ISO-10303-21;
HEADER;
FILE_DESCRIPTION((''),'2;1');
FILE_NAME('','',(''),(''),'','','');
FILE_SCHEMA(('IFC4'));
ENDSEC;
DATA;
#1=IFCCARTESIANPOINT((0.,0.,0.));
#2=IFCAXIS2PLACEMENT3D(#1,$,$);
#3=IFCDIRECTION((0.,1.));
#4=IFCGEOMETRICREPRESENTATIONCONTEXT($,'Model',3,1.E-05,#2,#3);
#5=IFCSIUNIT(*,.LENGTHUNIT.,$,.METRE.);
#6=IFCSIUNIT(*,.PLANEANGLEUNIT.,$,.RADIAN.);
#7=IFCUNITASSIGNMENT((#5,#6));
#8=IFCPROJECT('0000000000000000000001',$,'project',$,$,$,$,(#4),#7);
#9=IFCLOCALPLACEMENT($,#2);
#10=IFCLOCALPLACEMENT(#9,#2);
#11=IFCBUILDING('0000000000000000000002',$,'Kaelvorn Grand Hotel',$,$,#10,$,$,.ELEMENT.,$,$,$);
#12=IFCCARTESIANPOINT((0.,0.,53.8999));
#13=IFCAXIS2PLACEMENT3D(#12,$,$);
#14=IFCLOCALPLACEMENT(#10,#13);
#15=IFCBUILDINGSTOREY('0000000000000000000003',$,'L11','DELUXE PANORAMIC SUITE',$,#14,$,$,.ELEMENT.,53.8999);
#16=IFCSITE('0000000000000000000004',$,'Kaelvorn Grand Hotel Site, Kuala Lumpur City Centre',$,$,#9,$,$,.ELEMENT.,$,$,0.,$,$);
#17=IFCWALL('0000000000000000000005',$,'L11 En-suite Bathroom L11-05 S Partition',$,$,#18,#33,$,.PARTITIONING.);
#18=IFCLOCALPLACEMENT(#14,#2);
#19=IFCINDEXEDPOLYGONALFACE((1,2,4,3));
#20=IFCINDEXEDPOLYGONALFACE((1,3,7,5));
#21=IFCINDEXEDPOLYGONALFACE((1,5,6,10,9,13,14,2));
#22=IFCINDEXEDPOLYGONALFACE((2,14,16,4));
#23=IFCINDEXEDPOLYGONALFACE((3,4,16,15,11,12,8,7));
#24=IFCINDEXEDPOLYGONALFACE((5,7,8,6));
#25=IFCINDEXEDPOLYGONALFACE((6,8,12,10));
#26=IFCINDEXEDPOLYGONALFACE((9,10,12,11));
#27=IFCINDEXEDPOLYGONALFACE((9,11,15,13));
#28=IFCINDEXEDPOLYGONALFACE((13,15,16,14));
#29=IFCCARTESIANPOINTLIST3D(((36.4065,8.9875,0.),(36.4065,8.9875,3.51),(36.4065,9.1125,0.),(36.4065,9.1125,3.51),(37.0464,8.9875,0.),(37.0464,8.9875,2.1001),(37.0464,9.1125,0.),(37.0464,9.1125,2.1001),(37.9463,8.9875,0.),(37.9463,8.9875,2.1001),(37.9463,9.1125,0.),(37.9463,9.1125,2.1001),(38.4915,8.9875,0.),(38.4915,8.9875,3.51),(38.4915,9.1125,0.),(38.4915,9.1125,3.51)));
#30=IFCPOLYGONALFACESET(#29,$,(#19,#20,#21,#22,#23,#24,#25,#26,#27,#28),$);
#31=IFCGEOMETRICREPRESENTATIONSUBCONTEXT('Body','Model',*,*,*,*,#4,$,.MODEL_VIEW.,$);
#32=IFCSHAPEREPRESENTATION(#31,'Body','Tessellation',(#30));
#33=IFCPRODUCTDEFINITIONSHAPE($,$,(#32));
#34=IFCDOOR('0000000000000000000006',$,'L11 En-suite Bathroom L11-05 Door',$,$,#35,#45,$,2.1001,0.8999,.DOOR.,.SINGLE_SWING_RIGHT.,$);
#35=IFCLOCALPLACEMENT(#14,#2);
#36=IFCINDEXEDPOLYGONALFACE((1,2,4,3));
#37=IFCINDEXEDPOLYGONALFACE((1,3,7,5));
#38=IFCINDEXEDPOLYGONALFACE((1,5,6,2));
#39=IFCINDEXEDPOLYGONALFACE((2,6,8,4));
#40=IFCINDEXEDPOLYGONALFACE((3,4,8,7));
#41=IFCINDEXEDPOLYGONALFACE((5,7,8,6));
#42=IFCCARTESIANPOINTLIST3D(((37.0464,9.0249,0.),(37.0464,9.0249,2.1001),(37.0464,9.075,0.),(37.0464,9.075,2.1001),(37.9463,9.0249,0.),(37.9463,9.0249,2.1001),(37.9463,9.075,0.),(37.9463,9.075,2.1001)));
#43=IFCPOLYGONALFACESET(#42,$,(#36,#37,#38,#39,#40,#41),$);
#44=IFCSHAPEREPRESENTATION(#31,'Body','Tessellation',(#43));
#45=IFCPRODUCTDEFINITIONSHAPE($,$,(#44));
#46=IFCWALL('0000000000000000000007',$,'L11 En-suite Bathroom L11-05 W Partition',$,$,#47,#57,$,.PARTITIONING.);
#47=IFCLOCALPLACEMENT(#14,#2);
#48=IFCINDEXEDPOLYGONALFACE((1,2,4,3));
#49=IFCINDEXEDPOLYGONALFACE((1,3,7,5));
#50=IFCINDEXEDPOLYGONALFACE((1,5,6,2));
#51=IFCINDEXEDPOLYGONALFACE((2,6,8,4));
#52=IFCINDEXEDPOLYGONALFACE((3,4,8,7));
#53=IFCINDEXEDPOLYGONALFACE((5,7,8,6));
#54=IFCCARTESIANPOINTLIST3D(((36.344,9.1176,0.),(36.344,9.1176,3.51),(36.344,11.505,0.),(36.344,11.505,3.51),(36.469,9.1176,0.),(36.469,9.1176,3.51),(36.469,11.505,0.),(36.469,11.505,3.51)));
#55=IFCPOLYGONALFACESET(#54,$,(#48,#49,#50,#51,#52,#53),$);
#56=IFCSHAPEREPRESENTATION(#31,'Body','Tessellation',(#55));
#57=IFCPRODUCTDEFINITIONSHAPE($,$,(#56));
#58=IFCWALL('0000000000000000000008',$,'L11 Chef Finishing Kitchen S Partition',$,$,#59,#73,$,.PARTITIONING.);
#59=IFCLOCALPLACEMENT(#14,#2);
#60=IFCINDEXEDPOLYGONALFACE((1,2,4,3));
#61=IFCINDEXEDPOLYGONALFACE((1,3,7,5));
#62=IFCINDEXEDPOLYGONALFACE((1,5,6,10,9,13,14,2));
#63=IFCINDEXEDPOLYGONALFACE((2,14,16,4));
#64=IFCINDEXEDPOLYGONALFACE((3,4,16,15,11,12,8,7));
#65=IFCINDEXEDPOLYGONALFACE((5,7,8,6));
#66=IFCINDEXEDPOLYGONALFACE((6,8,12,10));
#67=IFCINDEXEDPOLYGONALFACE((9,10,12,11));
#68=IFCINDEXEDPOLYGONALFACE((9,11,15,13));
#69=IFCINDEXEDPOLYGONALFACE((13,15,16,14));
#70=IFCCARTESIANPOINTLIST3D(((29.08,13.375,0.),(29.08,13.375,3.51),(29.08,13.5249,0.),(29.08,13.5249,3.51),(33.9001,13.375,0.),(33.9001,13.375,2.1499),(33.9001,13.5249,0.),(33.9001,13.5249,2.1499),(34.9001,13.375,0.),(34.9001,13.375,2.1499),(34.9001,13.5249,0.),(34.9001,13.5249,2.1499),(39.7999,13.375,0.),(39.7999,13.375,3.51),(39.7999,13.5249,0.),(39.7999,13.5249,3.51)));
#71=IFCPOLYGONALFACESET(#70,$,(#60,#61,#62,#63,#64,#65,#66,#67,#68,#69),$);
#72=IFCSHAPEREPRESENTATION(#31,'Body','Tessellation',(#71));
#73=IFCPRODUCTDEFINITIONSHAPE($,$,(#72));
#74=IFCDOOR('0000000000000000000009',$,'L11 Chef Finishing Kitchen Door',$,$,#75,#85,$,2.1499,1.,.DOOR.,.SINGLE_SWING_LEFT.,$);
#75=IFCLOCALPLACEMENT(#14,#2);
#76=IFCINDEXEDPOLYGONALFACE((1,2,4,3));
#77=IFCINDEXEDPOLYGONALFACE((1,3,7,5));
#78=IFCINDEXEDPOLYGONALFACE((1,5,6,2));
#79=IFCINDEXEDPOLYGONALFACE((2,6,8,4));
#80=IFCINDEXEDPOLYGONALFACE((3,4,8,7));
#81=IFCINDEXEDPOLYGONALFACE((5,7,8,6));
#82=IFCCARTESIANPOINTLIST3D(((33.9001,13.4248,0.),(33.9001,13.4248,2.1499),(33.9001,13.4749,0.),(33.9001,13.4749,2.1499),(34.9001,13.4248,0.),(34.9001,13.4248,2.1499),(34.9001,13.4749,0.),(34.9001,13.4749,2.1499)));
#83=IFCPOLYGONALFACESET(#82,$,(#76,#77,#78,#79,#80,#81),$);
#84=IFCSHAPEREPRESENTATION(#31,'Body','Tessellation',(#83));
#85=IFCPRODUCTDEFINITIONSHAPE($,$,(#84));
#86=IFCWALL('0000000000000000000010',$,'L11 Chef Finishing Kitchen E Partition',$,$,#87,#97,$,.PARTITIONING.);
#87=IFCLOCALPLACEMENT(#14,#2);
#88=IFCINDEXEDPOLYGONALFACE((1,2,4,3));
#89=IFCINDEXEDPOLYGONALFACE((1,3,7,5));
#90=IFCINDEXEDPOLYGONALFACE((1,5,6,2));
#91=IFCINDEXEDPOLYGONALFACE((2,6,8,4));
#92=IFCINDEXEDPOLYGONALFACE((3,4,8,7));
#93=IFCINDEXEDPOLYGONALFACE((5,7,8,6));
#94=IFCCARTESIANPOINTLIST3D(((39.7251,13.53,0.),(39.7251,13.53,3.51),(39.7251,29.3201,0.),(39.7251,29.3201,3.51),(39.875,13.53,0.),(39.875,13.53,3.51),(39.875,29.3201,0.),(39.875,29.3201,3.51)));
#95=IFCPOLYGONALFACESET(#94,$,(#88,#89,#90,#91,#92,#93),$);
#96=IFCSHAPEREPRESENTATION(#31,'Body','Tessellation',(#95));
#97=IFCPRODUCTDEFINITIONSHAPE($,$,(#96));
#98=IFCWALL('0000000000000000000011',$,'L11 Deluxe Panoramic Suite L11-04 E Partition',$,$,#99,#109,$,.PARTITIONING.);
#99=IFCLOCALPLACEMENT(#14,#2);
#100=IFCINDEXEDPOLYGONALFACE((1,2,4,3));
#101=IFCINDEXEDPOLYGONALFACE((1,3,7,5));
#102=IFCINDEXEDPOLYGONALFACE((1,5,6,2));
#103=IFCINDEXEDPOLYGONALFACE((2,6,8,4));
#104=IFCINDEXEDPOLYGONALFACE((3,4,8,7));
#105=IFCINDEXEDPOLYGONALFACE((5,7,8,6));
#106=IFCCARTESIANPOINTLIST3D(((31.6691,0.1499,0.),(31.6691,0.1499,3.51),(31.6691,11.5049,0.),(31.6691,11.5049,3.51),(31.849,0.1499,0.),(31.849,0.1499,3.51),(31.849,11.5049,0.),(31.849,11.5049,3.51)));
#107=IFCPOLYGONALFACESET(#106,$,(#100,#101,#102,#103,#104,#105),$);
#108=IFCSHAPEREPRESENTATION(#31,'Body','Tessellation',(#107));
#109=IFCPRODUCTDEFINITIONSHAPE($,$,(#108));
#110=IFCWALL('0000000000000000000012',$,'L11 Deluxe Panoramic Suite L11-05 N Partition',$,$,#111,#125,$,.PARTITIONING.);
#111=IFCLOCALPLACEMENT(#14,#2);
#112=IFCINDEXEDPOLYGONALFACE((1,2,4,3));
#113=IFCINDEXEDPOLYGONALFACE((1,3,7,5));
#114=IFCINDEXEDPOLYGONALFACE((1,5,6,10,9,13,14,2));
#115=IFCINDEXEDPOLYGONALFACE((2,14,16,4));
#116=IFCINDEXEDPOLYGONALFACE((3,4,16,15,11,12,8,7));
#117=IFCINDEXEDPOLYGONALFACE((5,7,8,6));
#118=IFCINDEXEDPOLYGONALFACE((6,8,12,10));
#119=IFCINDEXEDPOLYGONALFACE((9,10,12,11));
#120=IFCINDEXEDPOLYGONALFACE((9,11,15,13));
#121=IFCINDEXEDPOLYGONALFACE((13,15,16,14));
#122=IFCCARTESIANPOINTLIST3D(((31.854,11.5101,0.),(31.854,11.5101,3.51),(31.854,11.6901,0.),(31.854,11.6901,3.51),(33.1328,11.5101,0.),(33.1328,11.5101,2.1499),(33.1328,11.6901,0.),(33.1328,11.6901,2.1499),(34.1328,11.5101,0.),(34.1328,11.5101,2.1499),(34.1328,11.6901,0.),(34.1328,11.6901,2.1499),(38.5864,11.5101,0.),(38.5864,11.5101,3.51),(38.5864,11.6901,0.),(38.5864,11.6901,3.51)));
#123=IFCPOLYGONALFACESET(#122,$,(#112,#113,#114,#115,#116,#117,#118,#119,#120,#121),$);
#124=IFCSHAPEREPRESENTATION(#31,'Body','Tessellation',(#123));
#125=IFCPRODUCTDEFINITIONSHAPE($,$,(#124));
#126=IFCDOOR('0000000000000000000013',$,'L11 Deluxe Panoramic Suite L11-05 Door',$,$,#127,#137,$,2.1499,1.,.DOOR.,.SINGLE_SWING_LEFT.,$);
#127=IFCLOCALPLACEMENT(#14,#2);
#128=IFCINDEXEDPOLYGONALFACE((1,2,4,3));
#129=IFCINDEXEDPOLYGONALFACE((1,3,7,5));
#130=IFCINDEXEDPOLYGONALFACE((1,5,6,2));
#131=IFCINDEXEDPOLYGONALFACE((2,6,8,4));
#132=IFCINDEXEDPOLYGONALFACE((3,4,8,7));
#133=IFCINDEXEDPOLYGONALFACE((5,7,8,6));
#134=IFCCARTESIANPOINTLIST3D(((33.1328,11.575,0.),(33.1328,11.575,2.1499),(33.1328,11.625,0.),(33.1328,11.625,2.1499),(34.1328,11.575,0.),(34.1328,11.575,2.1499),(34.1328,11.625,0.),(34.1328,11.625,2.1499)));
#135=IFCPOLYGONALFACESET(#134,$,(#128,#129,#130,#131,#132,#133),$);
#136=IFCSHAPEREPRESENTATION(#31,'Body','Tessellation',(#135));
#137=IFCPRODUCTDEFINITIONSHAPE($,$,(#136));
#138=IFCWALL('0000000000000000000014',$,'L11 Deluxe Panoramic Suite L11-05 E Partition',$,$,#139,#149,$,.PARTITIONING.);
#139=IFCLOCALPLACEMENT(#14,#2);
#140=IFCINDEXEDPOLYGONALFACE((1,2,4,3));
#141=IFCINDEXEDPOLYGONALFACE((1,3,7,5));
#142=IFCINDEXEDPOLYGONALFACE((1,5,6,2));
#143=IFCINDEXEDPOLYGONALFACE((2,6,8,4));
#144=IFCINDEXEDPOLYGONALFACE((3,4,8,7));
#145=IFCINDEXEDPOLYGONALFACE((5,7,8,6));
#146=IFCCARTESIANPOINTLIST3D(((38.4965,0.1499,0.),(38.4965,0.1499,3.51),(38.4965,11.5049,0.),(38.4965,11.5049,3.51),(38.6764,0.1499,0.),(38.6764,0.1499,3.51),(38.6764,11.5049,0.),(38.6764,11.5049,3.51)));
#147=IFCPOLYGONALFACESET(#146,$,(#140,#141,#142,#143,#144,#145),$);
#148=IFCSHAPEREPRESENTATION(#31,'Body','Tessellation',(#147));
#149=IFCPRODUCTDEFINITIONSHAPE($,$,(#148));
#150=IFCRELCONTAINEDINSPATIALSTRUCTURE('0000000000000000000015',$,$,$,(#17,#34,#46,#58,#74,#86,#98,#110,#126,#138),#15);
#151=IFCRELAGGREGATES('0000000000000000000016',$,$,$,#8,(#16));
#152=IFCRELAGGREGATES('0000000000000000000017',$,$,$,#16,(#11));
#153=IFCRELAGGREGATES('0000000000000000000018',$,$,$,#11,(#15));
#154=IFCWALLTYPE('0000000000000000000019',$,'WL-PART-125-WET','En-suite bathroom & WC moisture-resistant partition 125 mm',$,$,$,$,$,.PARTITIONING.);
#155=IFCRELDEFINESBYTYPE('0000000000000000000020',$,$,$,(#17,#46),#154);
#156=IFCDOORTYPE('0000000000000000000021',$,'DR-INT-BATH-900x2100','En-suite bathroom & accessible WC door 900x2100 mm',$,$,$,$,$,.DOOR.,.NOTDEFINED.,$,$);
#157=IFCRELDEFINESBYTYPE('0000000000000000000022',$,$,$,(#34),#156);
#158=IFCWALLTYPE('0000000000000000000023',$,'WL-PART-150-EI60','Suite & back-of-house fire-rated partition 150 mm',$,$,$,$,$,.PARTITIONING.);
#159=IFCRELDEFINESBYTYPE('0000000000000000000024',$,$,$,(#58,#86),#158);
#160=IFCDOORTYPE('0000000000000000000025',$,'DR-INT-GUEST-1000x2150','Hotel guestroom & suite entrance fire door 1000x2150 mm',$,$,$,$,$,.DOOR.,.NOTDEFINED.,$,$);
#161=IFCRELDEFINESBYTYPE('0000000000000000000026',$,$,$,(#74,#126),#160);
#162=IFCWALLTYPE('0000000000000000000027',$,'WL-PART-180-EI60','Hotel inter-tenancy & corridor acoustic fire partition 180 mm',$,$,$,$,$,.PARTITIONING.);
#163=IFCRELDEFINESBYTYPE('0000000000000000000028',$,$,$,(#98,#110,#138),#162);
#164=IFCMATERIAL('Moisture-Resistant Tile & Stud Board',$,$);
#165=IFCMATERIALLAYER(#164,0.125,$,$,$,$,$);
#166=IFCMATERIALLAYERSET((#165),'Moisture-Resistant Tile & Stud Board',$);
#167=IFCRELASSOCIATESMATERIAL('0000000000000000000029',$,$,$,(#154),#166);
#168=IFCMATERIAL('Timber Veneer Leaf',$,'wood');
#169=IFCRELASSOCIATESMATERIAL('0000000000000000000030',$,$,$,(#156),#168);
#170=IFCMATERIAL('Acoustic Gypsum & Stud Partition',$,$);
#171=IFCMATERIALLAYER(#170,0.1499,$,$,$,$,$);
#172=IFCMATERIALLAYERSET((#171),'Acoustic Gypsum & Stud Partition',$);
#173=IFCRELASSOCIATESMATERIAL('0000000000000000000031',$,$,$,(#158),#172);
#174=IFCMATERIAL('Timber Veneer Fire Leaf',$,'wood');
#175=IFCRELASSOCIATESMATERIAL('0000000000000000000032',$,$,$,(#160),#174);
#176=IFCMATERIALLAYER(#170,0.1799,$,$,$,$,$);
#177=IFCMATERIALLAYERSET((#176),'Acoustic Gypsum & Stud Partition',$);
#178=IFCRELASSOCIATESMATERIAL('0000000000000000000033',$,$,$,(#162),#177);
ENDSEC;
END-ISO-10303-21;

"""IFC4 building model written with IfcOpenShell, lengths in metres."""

from ifc_helpers import new_model, si_unit, direction, frame, frame_2d, origin, place, context, subcontext, project, spatial, rectangle, extrude, material, layer, layer_set, type_object, element, fill, save


model = new_model("IFC4")

# Units and contexts
model_context = context("Model", 3, precision=1e-05, world=origin(), true_north=direction((0.0, 1.0)))
body_context = subcontext(model_context, "Body", "Model", "MODEL_VIEW")
ifc_project = project(units=[si_unit("LENGTHUNIT", "METRE"), si_unit("PLANEANGLEUNIT", "RADIAN")], contexts=[model_context])

# Site, building, storey
site_placement = place(None, origin())
site = spatial("IfcSite", under=ifc_project, at=site_placement, Name="Kaelvorn Grand Hotel Site, Kuala Lumpur City Centre", CompositionType="ELEMENT", RefElevation=0.0)
building_placement = place(site_placement, origin())
building = spatial("IfcBuilding", under=site, at=building_placement, Name="Kaelvorn Grand Hotel", CompositionType="ELEMENT")
storey_placement = place(building_placement, frame((0.0, 0.0, 53.8999)))
storey = spatial("IfcBuildingStorey", under=building, at=storey_placement, Name="L11", Description="DELUXE PANORAMIC SUITE", CompositionType="ELEMENT", Elevation=53.8999)

# Shared definitions
ifc_material_1 = material(Name="Moisture-Resistant Tile & Stud Board")
ifc_layer_1 = layer(ifc_material_1, 0.125)
ifc_layer_set_1 = layer_set([ifc_layer_1], Name="Moisture-Resistant Tile & Stud Board")
wall_type_1 = type_object("IfcWallType", Name="WL-PART-125-WET", Description="En-suite bathroom & WC moisture-resistant partition 125 mm", PredefinedType="PARTITIONING", material=ifc_layer_set_1)
ifc_material_2 = material(Name="Timber Veneer Leaf", Category="wood")
door_type_1 = type_object("IfcDoorType", Name="DR-INT-BATH-900x2100", Description="En-suite bathroom & accessible WC door 900x2100 mm", OperationType="NOTDEFINED", PredefinedType="DOOR", material=ifc_material_2)

# Wall, opening, door
wall_1_placement = place(storey_placement, frame((36.4065, 9.05, 0.0), z_axis=(0.0, 0.0, 1.0), x_axis=(1.0, 0.0, 0.0)))
wall_1 = element("IfcWall", 1, at=wall_1_placement, inside=storey, type_object=wall_type_1, Name="L11 En-suite Bathroom L11-05 S Partition", PredefinedType="PARTITIONING", context=body_context, shape_type="SweptSolid", body=[
    extrude(rectangle(XDim=2.085, YDim=0.125, at=frame_2d((1.0425, 0.0))), origin(), (0.0, 0.0, 1.0), 3.51),
])
opening_1_placement = place(wall_1_placement, frame((0.6399, 0.0, 0.0)))
opening_1 = element("IfcOpeningElement", 2, at=opening_1_placement, cuts=wall_1, PredefinedType="OPENING", context=body_context, shape_type="SweptSolid", body=[
    extrude(rectangle(XDim=0.8999, YDim=2.1001, at=frame_2d((0.45, 1.05))), frame((0.0, 0.0725, 0.0), z_axis=(0.0, -1.0, 0.0), x_axis=(1.0, 0.0, 0.0)), (0.0, 0.0, 1.0), 0.145),
])
door_1_placement = place(opening_1_placement, origin())
door_1 = element("IfcDoor", 3, at=door_1_placement, inside=storey, type_object=door_type_1, Name="L11 En-suite Bathroom L11-05 Door", OperationType="SINGLE_SWING_RIGHT", OverallHeight=2.1001, OverallWidth=0.8999, PredefinedType="DOOR", context=body_context, shape_type="SweptSolid", body=[
    extrude(rectangle(XDim=0.8999, YDim=2.1001, at=frame_2d((0.45, 1.05))), frame((0.0, 0.0249, 0.0), z_axis=(0.0, -1.0, 0.0), x_axis=(1.0, 0.0, 0.0)), (0.0, 0.0, 1.0), 0.05),
])
fill(opening_1, door_1)

# Wall
wall_2_placement = place(storey_placement, frame((36.4065, 9.1174, 0.0), z_axis=(0.0, 0.0, 1.0), x_axis=(0.0, 1.0, 0.0)))
element("IfcWall", 4, at=wall_2_placement, inside=storey, type_object=wall_type_1, Name="L11 En-suite Bathroom L11-05 W Partition", PredefinedType="PARTITIONING", context=body_context, shape_type="SweptSolid", body=[
    extrude(rectangle(XDim=2.3875, YDim=0.125, at=frame_2d((1.1938, 0.0))), origin(), (0.0, 0.0, 1.0), 3.51),
])

# Wall, opening, door
ifc_material_3 = material(Name="Acoustic Gypsum & Stud Partition")
ifc_layer_2 = layer(ifc_material_3, 0.1499)
ifc_layer_set_2 = layer_set([ifc_layer_2], Name="Acoustic Gypsum & Stud Partition")
wall_type_2 = type_object("IfcWallType", Name="WL-PART-150-EI60", Description="Suite & back-of-house fire-rated partition 150 mm", PredefinedType="PARTITIONING", material=ifc_layer_set_2)
wall_3_placement = place(storey_placement, frame((29.0801, 13.45, 0.0), z_axis=(0.0, 0.0, 1.0), x_axis=(1.0, 0.0, 0.0)))
wall_3 = element("IfcWall", 5, at=wall_3_placement, inside=storey, type_object=wall_type_2, Name="L11 Chef Finishing Kitchen S Partition", PredefinedType="PARTITIONING", context=body_context, shape_type="SweptSolid", body=[
    extrude(rectangle(XDim=10.72, YDim=0.1499, at=frame_2d((5.3599, 0.0))), origin(), (0.0, 0.0, 1.0), 3.51),
])
opening_2_placement = place(wall_3_placement, frame((4.8201, 0.0, 0.0)))
opening_2 = element("IfcOpeningElement", 6, at=opening_2_placement, cuts=wall_3, PredefinedType="OPENING", context=body_context, shape_type="SweptSolid", body=[
    extrude(rectangle(XDim=1.0, YDim=2.1499, at=frame_2d((0.5, 1.075))), frame((0.0, 0.085, 0.0), z_axis=(0.0, -1.0, 0.0), x_axis=(1.0, 0.0, 0.0)), (0.0, 0.0, 1.0), 0.1699),
])
ifc_material_4 = material(Name="Timber Veneer Fire Leaf", Category="wood")
door_type_2 = type_object("IfcDoorType", Name="DR-INT-GUEST-1000x2150", Description="Hotel guestroom & suite entrance fire door 1000x2150 mm", OperationType="NOTDEFINED", PredefinedType="DOOR", material=ifc_material_4)
door_2_placement = place(opening_2_placement, origin())
door_2 = element("IfcDoor", 7, at=door_2_placement, inside=storey, type_object=door_type_2, Name="L11 Chef Finishing Kitchen Door", OperationType="SINGLE_SWING_LEFT", OverallHeight=2.1499, OverallWidth=1.0, PredefinedType="DOOR", context=body_context, shape_type="SweptSolid", body=[
    extrude(rectangle(XDim=1.0, YDim=2.1499, at=frame_2d((0.5, 1.075))), frame((0.0, 0.0249, 0.0), z_axis=(0.0, -1.0, 0.0), x_axis=(1.0, 0.0, 0.0)), (0.0, 0.0, 1.0), 0.05),
])
fill(opening_2, door_2)

# Walls
wall_4_placement = place(storey_placement, frame((39.8, 13.53, 0.0), z_axis=(0.0, 0.0, 1.0), x_axis=(0.0, 1.0, 0.0)))
element("IfcWall", 8, at=wall_4_placement, inside=storey, type_object=wall_type_2, Name="L11 Chef Finishing Kitchen E Partition", PredefinedType="PARTITIONING", context=body_context, shape_type="SweptSolid", body=[
    extrude(rectangle(XDim=15.79, YDim=0.1499, at=frame_2d((7.895, 0.0))), origin(), (0.0, 0.0, 1.0), 3.51),
])
ifc_layer_3 = layer(ifc_material_3, 0.1799)
ifc_layer_set_3 = layer_set([ifc_layer_3], Name="Acoustic Gypsum & Stud Partition")
wall_type_3 = type_object("IfcWallType", Name="WL-PART-180-EI60", Description="Hotel inter-tenancy & corridor acoustic fire partition 180 mm", PredefinedType="PARTITIONING", material=ifc_layer_set_3)
wall_5_placement = place(storey_placement, frame((31.759, 0.1499, 0.0), z_axis=(0.0, 0.0, 1.0), x_axis=(0.0, 1.0, 0.0)))
element("IfcWall", 9, at=wall_5_placement, inside=storey, type_object=wall_type_3, Name="L11 Deluxe Panoramic Suite L11-04 E Partition", PredefinedType="PARTITIONING", context=body_context, shape_type="SweptSolid", body=[
    extrude(rectangle(XDim=11.355, YDim=0.1799, at=frame_2d((5.6775, 0.0))), origin(), (0.0, 0.0, 1.0), 3.51),
])

# Wall, opening, door
wall_6_placement = place(storey_placement, frame((31.854, 11.6001, 0.0), z_axis=(0.0, 0.0, 1.0), x_axis=(1.0, 0.0, 0.0)))
wall_6 = element("IfcWall", 10, at=wall_6_placement, inside=storey, type_object=wall_type_3, Name="L11 Deluxe Panoramic Suite L11-05 N Partition", PredefinedType="PARTITIONING", context=body_context, shape_type="SweptSolid", body=[
    extrude(rectangle(XDim=6.7324, YDim=0.1799, at=frame_2d((3.3662, 0.0))), origin(), (0.0, 0.0, 1.0), 3.51),
])
opening_3_placement = place(wall_6_placement, frame((1.2788, 0.0, 0.0)))
opening_3 = element("IfcOpeningElement", 11, at=opening_3_placement, cuts=wall_6, PredefinedType="OPENING", context=body_context, shape_type="SweptSolid", body=[
    extrude(rectangle(XDim=1.0, YDim=2.1499, at=frame_2d((0.5, 1.075))), frame((0.0, 0.1001, 0.0), z_axis=(0.0, -1.0, 0.0), x_axis=(1.0, 0.0, 0.0)), (0.0, 0.0, 1.0), 0.2),
])
door_3_placement = place(opening_3_placement, origin())
door_3 = element("IfcDoor", 12, at=door_3_placement, inside=storey, type_object=door_type_2, Name="L11 Deluxe Panoramic Suite L11-05 Door", OperationType="SINGLE_SWING_LEFT", OverallHeight=2.1499, OverallWidth=1.0, PredefinedType="DOOR", context=body_context, shape_type="SweptSolid", body=[
    extrude(rectangle(XDim=1.0, YDim=2.1499, at=frame_2d((0.5, 1.075))), frame((0.0, 0.0249, 0.0), z_axis=(0.0, -1.0, 0.0), x_axis=(1.0, 0.0, 0.0)), (0.0, 0.0, 1.0), 0.05),
])
fill(opening_3, door_3)

# Wall
wall_7_placement = place(storey_placement, frame((38.5864, 0.1499, 0.0), z_axis=(0.0, 0.0, 1.0), x_axis=(0.0, 1.0, 0.0)))
element("IfcWall", 13, at=wall_7_placement, inside=storey, type_object=wall_type_3, Name="L11 Deluxe Panoramic Suite L11-05 E Partition", PredefinedType="PARTITIONING", context=body_context, shape_type="SweptSolid", body=[
    extrude(rectangle(XDim=11.355, YDim=0.1799, at=frame_2d((5.6775, 0.0))), origin(), (0.0, 0.0, 1.0), 3.51),
])

save(model, "model.ifc")
